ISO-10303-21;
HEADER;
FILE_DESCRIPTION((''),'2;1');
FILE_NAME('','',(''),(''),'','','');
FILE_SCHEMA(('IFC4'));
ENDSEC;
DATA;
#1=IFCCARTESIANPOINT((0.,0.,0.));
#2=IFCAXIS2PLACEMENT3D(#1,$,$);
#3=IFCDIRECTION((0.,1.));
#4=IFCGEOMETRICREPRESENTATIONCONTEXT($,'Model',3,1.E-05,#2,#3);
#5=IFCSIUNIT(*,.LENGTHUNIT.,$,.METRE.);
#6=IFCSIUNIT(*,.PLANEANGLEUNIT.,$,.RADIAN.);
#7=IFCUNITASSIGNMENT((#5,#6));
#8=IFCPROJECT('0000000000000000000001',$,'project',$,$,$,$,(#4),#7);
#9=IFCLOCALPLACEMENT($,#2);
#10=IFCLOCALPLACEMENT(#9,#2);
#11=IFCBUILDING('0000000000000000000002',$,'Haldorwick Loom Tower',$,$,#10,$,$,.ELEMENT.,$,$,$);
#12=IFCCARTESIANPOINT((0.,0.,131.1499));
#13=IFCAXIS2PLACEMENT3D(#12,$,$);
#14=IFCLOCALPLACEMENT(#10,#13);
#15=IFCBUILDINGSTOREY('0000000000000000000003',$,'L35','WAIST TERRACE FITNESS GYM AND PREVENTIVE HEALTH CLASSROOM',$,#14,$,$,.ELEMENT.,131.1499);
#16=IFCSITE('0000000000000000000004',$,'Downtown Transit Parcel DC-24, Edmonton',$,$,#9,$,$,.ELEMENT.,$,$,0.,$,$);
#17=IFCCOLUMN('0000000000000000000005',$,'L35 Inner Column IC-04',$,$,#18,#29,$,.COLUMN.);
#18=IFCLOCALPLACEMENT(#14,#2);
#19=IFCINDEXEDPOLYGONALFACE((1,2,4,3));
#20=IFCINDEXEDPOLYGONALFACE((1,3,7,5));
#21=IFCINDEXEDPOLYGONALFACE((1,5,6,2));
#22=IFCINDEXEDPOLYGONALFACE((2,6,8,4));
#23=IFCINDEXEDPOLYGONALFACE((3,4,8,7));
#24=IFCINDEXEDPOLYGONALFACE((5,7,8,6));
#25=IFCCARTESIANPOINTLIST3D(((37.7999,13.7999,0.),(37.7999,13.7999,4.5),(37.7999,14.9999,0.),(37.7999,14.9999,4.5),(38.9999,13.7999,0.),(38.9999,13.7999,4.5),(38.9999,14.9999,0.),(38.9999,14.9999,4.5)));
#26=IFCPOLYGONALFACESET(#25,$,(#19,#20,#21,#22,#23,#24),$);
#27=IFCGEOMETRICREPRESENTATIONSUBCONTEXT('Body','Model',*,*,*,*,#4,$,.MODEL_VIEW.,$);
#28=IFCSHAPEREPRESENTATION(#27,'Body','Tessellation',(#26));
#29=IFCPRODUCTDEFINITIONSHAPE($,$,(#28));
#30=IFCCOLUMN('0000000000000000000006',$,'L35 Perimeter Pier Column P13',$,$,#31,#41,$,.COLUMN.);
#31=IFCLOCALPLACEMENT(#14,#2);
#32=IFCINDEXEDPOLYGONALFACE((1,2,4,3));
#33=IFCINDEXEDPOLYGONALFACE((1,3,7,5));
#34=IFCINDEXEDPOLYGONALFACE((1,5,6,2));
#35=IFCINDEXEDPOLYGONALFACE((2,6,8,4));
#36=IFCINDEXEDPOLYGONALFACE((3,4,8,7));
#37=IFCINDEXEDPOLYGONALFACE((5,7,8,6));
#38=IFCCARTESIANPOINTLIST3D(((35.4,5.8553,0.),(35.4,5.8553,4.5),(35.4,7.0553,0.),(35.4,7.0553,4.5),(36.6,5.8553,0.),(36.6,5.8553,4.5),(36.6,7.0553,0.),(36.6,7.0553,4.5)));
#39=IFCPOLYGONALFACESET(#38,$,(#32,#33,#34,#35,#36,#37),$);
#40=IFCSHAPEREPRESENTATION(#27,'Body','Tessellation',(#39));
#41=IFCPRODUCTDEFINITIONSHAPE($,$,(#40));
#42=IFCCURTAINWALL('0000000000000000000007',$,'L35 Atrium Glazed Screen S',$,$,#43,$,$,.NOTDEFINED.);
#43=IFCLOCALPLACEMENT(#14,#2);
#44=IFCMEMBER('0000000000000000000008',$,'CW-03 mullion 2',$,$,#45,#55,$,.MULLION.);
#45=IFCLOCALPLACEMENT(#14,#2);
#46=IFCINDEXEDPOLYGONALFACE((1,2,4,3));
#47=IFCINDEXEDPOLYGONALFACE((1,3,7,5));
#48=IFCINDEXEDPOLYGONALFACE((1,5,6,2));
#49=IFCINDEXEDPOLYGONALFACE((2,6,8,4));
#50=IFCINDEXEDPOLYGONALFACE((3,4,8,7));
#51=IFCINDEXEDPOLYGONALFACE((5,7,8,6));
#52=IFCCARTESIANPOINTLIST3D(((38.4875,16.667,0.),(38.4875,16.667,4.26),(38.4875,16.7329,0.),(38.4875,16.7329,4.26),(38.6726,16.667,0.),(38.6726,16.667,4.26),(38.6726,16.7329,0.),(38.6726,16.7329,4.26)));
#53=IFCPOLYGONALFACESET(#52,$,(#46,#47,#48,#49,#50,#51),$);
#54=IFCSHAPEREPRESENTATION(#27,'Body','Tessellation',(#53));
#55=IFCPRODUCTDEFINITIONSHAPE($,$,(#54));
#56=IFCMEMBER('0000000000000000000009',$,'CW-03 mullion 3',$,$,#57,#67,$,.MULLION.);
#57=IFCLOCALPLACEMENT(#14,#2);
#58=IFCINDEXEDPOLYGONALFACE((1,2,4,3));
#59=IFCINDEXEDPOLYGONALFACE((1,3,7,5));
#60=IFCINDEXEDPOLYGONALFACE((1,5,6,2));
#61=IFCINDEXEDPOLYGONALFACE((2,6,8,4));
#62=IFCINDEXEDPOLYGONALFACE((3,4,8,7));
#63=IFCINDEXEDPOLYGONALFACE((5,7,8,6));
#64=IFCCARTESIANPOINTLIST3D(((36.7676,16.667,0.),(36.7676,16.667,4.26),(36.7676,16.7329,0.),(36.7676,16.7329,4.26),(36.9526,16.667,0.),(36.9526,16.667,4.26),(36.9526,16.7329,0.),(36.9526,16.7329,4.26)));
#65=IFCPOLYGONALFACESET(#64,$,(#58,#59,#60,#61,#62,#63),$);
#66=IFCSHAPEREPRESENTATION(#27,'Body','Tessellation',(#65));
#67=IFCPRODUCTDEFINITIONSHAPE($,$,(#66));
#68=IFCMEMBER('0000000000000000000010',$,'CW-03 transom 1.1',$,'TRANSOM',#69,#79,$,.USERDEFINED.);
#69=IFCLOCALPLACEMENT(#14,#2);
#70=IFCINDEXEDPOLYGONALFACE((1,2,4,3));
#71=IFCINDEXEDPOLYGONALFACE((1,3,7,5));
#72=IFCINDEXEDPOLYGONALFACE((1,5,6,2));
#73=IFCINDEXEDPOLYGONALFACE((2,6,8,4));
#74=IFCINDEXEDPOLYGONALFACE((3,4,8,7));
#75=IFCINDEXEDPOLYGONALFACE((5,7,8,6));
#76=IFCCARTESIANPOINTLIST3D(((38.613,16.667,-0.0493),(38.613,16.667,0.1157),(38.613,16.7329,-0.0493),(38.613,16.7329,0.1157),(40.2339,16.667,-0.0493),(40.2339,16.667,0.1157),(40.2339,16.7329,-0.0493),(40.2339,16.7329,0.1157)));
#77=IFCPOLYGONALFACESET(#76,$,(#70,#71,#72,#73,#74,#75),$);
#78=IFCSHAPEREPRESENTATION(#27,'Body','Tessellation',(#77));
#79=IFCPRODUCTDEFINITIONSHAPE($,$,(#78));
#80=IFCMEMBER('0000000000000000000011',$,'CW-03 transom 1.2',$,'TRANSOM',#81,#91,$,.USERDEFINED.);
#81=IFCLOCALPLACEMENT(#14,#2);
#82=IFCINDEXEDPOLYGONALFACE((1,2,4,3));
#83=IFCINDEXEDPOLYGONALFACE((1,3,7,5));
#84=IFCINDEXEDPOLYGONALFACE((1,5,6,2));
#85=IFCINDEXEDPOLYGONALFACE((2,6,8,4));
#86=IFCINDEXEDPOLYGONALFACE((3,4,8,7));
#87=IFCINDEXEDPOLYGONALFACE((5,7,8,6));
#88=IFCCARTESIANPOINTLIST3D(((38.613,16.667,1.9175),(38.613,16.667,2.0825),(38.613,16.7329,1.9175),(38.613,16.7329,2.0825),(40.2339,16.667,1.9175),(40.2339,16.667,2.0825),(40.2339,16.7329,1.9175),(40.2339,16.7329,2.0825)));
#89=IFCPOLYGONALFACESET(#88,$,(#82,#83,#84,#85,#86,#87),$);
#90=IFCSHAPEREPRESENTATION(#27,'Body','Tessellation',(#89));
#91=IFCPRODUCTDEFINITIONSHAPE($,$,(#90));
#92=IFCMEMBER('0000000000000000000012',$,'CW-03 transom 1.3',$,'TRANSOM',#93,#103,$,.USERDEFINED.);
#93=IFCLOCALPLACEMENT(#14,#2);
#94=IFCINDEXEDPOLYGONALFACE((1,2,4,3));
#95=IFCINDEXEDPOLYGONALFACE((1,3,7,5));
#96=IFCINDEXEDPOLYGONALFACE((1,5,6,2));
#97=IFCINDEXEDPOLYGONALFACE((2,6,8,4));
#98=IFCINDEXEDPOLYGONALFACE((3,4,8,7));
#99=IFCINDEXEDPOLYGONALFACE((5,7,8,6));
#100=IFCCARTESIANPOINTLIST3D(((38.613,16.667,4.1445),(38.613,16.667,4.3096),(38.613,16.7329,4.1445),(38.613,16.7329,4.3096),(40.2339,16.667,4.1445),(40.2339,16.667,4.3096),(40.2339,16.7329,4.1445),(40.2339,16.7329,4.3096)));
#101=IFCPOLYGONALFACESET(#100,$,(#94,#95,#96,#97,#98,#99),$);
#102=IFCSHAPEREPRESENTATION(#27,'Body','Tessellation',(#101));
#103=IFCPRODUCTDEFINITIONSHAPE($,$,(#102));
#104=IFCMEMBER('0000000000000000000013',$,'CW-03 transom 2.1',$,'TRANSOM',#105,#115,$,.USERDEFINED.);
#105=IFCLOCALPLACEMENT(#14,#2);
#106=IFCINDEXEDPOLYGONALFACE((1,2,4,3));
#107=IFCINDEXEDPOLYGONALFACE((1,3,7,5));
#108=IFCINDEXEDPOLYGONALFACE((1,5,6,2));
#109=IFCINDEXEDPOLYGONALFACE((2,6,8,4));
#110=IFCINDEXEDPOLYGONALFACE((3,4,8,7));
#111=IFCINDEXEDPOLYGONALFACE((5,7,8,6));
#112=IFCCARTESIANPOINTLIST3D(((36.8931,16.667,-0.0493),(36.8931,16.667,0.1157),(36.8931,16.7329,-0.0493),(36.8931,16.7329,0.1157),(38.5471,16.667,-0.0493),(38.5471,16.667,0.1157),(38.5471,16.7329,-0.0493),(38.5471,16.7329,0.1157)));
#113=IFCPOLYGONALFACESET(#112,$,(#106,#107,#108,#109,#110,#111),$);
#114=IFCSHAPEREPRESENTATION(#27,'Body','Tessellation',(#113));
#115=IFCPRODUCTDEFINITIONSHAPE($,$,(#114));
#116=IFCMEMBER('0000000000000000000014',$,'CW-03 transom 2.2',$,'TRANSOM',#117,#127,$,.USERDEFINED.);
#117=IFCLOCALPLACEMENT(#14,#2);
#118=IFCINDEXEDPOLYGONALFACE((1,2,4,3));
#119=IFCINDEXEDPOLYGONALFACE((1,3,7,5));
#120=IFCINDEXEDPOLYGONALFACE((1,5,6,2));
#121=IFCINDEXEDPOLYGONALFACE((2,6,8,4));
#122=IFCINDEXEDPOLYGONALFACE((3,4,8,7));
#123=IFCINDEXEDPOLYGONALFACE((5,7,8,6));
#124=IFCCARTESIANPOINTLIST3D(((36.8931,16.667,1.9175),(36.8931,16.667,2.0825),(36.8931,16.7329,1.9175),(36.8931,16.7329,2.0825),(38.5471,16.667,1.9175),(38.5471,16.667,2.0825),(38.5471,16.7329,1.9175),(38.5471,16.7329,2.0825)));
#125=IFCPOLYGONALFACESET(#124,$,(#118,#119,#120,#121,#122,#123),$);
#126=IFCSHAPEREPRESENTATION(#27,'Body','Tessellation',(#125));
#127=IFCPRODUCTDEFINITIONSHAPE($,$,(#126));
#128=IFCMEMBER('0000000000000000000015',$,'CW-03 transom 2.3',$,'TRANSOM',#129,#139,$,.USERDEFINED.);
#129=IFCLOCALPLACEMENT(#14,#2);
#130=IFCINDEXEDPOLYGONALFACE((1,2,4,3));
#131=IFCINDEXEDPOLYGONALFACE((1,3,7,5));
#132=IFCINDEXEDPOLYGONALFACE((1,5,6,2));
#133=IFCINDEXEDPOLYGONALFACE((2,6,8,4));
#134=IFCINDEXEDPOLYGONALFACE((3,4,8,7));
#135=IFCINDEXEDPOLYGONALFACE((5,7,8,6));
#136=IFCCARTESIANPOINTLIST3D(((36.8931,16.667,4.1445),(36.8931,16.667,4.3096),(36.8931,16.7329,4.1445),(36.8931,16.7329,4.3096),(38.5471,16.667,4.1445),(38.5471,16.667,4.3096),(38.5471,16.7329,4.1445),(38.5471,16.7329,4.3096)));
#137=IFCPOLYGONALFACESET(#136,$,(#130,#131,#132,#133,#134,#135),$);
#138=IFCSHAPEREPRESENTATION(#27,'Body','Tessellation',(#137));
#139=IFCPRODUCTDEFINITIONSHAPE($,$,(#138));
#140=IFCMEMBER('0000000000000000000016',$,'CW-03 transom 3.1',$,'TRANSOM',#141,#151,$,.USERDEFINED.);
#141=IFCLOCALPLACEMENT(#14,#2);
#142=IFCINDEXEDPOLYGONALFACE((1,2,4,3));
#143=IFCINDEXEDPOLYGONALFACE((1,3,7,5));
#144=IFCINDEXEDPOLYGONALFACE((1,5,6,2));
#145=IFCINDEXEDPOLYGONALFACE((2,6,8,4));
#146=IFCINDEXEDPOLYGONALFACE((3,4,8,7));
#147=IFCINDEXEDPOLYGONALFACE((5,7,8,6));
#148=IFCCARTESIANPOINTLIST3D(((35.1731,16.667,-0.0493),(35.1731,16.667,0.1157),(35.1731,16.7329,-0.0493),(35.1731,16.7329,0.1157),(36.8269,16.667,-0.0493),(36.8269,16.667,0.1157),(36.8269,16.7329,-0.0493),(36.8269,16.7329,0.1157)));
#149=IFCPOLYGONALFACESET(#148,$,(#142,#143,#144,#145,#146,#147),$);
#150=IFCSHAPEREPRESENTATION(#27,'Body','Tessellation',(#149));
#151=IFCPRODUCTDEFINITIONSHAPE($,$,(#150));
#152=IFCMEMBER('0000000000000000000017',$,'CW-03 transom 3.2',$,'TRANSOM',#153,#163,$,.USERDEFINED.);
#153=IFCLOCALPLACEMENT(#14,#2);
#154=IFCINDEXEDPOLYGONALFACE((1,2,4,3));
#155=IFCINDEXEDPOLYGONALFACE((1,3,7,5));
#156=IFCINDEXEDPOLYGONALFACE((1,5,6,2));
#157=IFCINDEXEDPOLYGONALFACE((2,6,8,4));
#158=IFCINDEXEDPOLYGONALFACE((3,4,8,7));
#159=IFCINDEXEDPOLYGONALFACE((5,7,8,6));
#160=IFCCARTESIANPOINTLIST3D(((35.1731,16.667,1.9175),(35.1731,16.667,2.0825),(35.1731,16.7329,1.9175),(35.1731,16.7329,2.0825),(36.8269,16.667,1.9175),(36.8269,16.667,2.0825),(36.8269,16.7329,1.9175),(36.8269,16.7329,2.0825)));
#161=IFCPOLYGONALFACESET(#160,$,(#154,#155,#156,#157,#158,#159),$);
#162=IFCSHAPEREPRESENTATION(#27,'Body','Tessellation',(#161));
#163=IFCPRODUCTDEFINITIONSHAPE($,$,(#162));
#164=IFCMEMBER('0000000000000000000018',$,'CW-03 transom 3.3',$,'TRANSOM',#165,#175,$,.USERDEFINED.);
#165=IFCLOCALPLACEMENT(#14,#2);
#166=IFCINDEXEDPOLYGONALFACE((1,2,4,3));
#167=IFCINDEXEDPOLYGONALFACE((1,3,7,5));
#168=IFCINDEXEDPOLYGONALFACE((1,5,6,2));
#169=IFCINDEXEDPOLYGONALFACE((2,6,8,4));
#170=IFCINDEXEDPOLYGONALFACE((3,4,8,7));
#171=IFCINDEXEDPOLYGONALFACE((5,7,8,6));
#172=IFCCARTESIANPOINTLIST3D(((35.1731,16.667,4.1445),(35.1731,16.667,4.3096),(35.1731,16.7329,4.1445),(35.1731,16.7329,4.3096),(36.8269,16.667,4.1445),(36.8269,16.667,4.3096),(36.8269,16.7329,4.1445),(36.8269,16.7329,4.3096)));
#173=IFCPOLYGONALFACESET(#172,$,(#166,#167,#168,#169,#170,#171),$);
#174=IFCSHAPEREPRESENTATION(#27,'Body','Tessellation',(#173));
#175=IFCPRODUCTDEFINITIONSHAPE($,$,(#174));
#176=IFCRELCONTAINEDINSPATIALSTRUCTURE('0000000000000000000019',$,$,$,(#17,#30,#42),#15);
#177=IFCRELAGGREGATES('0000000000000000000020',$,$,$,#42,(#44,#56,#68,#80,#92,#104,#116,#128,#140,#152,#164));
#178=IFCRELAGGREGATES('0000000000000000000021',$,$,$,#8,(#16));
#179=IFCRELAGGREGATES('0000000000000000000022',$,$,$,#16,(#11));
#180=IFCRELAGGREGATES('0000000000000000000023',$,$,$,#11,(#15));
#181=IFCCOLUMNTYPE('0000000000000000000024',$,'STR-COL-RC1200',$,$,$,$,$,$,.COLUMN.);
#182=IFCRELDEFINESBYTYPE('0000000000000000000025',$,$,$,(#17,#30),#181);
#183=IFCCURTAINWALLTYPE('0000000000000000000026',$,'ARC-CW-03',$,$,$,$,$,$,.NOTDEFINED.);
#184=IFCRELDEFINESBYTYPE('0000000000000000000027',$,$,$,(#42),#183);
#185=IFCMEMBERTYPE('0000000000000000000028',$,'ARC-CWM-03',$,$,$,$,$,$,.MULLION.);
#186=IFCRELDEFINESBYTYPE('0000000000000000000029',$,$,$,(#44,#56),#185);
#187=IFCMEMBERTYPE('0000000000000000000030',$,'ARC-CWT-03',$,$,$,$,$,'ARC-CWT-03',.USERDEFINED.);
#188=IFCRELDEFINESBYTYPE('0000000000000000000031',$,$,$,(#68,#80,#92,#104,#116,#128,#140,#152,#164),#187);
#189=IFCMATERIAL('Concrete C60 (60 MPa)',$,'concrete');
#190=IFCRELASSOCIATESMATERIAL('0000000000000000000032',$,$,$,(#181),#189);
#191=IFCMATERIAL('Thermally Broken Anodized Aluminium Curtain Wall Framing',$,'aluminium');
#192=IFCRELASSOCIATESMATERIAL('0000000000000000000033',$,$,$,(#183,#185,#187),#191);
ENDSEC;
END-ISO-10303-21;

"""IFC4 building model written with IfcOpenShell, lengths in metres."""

from ifc_helpers import new_model, si_unit, direction, frame, origin, origin_2d, place, context, subcontext, project, spatial, rectangle, extrude, material, material_profile, profile_set, type_object, element, aggregate, save


model = new_model("IFC4")

# Units and contexts
model_context = context("Model", 3, precision=1e-05, world=origin(), true_north=direction((0.0, 1.0)))
body_context = subcontext(model_context, "Body", "Model", "MODEL_VIEW")
ifc_project = project(units=[si_unit("LENGTHUNIT", "METRE"), si_unit("PLANEANGLEUNIT", "RADIAN")], contexts=[model_context])

# Site, building, storey
site_placement = place(None, origin())
site = spatial("IfcSite", under=ifc_project, at=site_placement, Name="Downtown Transit Parcel DC-24, Edmonton", CompositionType="ELEMENT", RefElevation=0.0)
building_placement = place(site_placement, origin())
building = spatial("IfcBuilding", under=site, at=building_placement, Name="Haldorwick Loom Tower", CompositionType="ELEMENT")
storey_placement = place(building_placement, frame((0.0, 0.0, 131.1499)))
storey = spatial("IfcBuildingStorey", under=building, at=storey_placement, Name="L35", Description="WAIST TERRACE FITNESS GYM AND PREVENTIVE HEALTH CLASSROOM", CompositionType="ELEMENT", Elevation=131.1499)

# Columns
ifc_material_1 = material(Name="Concrete C60 (60 MPa)", Category="concrete")
ifc_material_profile_1 = material_profile(ifc_material_1, rectangle(XDim=1.2, YDim=1.2, at=origin_2d()), Name="RC1200X1200", Category="concrete")
ifc_profile_set_1 = profile_set([ifc_material_profile_1], Name="Concrete C60 (60 MPa)")
column_type = type_object("IfcColumnType", Name="STR-COL-RC1200", PredefinedType="COLUMN", material=ifc_profile_set_1)
for number, where, z_axis, x_axis, name in (
    (1, (38.3999, 14.3999, 0.0), (0.0, 0.0, 1.0), (1.0, 0.0, 0.0), "L35 Inner Column IC-04"),
    (2, (36.0, 6.4553, 0.0), (0.0, 0.0, 1.0), (0.0, -1.0, 0.0), "L35 Perimeter Pier Column P13"),
):
    element("IfcColumn", number, at=place(storey_placement, frame(where, z_axis=z_axis, x_axis=x_axis)), inside=storey, type_object=column_type, Name=name, PredefinedType="COLUMN", context=body_context, shape_type="SweptSolid", body=[
        extrude(rectangle(XDim=1.2, YDim=1.2, at=origin_2d()), origin(), (0.0, 0.0, 1.0), 4.5),
    ])

# Curtain wall, members
ifc_material_2 = material(Name="Thermally Broken Anodized Aluminium Curtain Wall Framing", Category="aluminium")
curtain_wall_type = type_object("IfcCurtainWallType", Name="ARC-CW-03", PredefinedType="NOTDEFINED", material=ifc_material_2)
curtain_wall_placement = place(storey_placement, origin())
curtain_wall = element("IfcCurtainWall", 3, at=curtain_wall_placement, inside=storey, type_object=curtain_wall_type, Name="L35 Atrium Glazed Screen S", PredefinedType="NOTDEFINED")
ifc_material_profile_2 = material_profile(ifc_material_2, rectangle(XDim=0.0659, YDim=0.1851, at=origin_2d()), Name="ALU_MUL_66X185", Category="aluminium")
ifc_profile_set_2 = profile_set([ifc_material_profile_2], Name="Thermally Broken Anodized Aluminium Curtain Wall Framing")
member_type_1 = type_object("IfcMemberType", Name="ARC-CWM-03", PredefinedType="MULLION", material=ifc_profile_set_2)
member_1_placement = place(storey_placement, frame((38.5801, 16.7, 0.0), z_axis=(0.0, 0.0, 1.0), x_axis=(0.0, -1.0, 0.0)))
member_1 = element("IfcMember", 4, at=member_1_placement, type_object=member_type_1, Name="CW-03 mullion 2", PredefinedType="MULLION", context=body_context, shape_type="SweptSolid", body=[
    extrude(rectangle(XDim=0.0659, YDim=0.1851, at=origin_2d()), origin(), (0.0, 0.0, 1.0), 4.26),
])
member_2_placement = place(storey_placement, frame((36.8601, 16.7, 0.0), z_axis=(0.0, 0.0, 1.0), x_axis=(0.0, -1.0, 0.0)))
member_2 = element("IfcMember", 5, at=member_2_placement, type_object=member_type_1, Name="CW-03 mullion 3", PredefinedType="MULLION", context=body_context, shape_type="SweptSolid", body=[
    extrude(rectangle(XDim=0.0659, YDim=0.1851, at=origin_2d()), origin(), (0.0, 0.0, 1.0), 4.26),
])
ifc_material_profile_3 = material_profile(ifc_material_2, rectangle(XDim=0.0659, YDim=0.165, at=origin_2d()), Name="ALU_TRN_66X165", Category="aluminium")
ifc_profile_set_3 = profile_set([ifc_material_profile_3], Name="Thermally Broken Anodized Aluminium Curtain Wall Framing")
member_type_2 = type_object("IfcMemberType", Name="ARC-CWT-03", ElementType="ARC-CWT-03", PredefinedType="USERDEFINED", material=ifc_profile_set_3)
member_3_placement = place(storey_placement, frame((40.2339, 16.7, 0.0332), z_axis=(-1.0, 0.0, 0.0), x_axis=(0.0, -1.0, 0.0)))
member_3 = element("IfcMember", 6, at=member_3_placement, type_object=member_type_2, Name="CW-03 transom 1.1", ObjectType="TRANSOM", PredefinedType="USERDEFINED", context=body_context, shape_type="SweptSolid", body=[
    extrude(rectangle(XDim=0.0659, YDim=0.165, at=origin_2d()), origin(), (0.0, 0.0, 1.0), 1.6208),
])
member_4_placement = place(storey_placement, frame((40.2339, 16.7, 2.0), z_axis=(-1.0, 0.0, 0.0), x_axis=(0.0, -1.0, 0.0)))
member_4 = element("IfcMember", 7, at=member_4_placement, type_object=member_type_2, Name="CW-03 transom 1.2", ObjectType="TRANSOM", PredefinedType="USERDEFINED", context=body_context, shape_type="SweptSolid", body=[
    extrude(rectangle(XDim=0.0659, YDim=0.165, at=origin_2d()), origin(), (0.0, 0.0, 1.0), 1.6208),
])
member_5_placement = place(storey_placement, frame((40.2339, 16.7, 4.2271), z_axis=(-1.0, 0.0, 0.0), x_axis=(0.0, -1.0, 0.0)))
member_5 = element("IfcMember", 8, at=member_5_placement, type_object=member_type_2, Name="CW-03 transom 1.3", ObjectType="TRANSOM", PredefinedType="USERDEFINED", context=body_context, shape_type="SweptSolid", body=[
    extrude(rectangle(XDim=0.0659, YDim=0.165, at=origin_2d()), origin(), (0.0, 0.0, 1.0), 1.6208),
])
member_6_placement = place(storey_placement, frame((38.5471, 16.7, 0.0332), z_axis=(-1.0, 0.0, 0.0), x_axis=(0.0, -1.0, 0.0)))
member_6 = element("IfcMember", 9, at=member_6_placement, type_object=member_type_2, Name="CW-03 transom 2.1", ObjectType="TRANSOM", PredefinedType="USERDEFINED", context=body_context, shape_type="SweptSolid", body=[
    extrude(rectangle(XDim=0.0659, YDim=0.165, at=origin_2d()), origin(), (0.0, 0.0, 1.0), 1.6541),
])
member_7_placement = place(storey_placement, frame((38.5471, 16.7, 2.0), z_axis=(-1.0, 0.0, 0.0), x_axis=(0.0, -1.0, 0.0)))
member_7 = element("IfcMember", 10, at=member_7_placement, type_object=member_type_2, Name="CW-03 transom 2.2", ObjectType="TRANSOM", PredefinedType="USERDEFINED", context=body_context, shape_type="SweptSolid", body=[
    extrude(rectangle(XDim=0.0659, YDim=0.165, at=origin_2d()), origin(), (0.0, 0.0, 1.0), 1.6541),
])
member_8_placement = place(storey_placement, frame((38.5471, 16.7, 4.2271), z_axis=(-1.0, 0.0, 0.0), x_axis=(0.0, -1.0, 0.0)))
member_8 = element("IfcMember", 11, at=member_8_placement, type_object=member_type_2, Name="CW-03 transom 2.3", ObjectType="TRANSOM", PredefinedType="USERDEFINED", context=body_context, shape_type="SweptSolid", body=[
    extrude(rectangle(XDim=0.0659, YDim=0.165, at=origin_2d()), origin(), (0.0, 0.0, 1.0), 1.6541),
])
member_9_placement = place(storey_placement, frame((36.8269, 16.7, 0.0332), z_axis=(-1.0, 0.0, 0.0), x_axis=(0.0, -1.0, 0.0)))
member_9 = element("IfcMember", 12, at=member_9_placement, type_object=member_type_2, Name="CW-03 transom 3.1", ObjectType="TRANSOM", PredefinedType="USERDEFINED", context=body_context, shape_type="SweptSolid", body=[
    extrude(rectangle(XDim=0.0659, YDim=0.165, at=origin_2d()), origin(), (0.0, 0.0, 1.0), 1.6538),
])
member_10_placement = place(storey_placement, frame((36.8269, 16.7, 2.0), z_axis=(-1.0, 0.0, 0.0), x_axis=(0.0, -1.0, 0.0)))
member_10 = element("IfcMember", 13, at=member_10_placement, type_object=member_type_2, Name="CW-03 transom 3.2", ObjectType="TRANSOM", PredefinedType="USERDEFINED", context=body_context, shape_type="SweptSolid", body=[
    extrude(rectangle(XDim=0.0659, YDim=0.165, at=origin_2d()), origin(), (0.0, 0.0, 1.0), 1.6538),
])
member_11_placement = place(storey_placement, frame((36.8269, 16.7, 4.2271), z_axis=(-1.0, 0.0, 0.0), x_axis=(0.0, -1.0, 0.0)))
member_11 = element("IfcMember", 14, at=member_11_placement, type_object=member_type_2, Name="CW-03 transom 3.3", ObjectType="TRANSOM", PredefinedType="USERDEFINED", context=body_context, shape_type="SweptSolid", body=[
    extrude(rectangle(XDim=0.0659, YDim=0.165, at=origin_2d()), origin(), (0.0, 0.0, 1.0), 1.6538),
])

aggregate(curtain_wall, [member_1, member_2, member_3, member_4, member_5, member_6, member_7, member_8, member_9, member_10, member_11])

save(model, "model.ifc")
